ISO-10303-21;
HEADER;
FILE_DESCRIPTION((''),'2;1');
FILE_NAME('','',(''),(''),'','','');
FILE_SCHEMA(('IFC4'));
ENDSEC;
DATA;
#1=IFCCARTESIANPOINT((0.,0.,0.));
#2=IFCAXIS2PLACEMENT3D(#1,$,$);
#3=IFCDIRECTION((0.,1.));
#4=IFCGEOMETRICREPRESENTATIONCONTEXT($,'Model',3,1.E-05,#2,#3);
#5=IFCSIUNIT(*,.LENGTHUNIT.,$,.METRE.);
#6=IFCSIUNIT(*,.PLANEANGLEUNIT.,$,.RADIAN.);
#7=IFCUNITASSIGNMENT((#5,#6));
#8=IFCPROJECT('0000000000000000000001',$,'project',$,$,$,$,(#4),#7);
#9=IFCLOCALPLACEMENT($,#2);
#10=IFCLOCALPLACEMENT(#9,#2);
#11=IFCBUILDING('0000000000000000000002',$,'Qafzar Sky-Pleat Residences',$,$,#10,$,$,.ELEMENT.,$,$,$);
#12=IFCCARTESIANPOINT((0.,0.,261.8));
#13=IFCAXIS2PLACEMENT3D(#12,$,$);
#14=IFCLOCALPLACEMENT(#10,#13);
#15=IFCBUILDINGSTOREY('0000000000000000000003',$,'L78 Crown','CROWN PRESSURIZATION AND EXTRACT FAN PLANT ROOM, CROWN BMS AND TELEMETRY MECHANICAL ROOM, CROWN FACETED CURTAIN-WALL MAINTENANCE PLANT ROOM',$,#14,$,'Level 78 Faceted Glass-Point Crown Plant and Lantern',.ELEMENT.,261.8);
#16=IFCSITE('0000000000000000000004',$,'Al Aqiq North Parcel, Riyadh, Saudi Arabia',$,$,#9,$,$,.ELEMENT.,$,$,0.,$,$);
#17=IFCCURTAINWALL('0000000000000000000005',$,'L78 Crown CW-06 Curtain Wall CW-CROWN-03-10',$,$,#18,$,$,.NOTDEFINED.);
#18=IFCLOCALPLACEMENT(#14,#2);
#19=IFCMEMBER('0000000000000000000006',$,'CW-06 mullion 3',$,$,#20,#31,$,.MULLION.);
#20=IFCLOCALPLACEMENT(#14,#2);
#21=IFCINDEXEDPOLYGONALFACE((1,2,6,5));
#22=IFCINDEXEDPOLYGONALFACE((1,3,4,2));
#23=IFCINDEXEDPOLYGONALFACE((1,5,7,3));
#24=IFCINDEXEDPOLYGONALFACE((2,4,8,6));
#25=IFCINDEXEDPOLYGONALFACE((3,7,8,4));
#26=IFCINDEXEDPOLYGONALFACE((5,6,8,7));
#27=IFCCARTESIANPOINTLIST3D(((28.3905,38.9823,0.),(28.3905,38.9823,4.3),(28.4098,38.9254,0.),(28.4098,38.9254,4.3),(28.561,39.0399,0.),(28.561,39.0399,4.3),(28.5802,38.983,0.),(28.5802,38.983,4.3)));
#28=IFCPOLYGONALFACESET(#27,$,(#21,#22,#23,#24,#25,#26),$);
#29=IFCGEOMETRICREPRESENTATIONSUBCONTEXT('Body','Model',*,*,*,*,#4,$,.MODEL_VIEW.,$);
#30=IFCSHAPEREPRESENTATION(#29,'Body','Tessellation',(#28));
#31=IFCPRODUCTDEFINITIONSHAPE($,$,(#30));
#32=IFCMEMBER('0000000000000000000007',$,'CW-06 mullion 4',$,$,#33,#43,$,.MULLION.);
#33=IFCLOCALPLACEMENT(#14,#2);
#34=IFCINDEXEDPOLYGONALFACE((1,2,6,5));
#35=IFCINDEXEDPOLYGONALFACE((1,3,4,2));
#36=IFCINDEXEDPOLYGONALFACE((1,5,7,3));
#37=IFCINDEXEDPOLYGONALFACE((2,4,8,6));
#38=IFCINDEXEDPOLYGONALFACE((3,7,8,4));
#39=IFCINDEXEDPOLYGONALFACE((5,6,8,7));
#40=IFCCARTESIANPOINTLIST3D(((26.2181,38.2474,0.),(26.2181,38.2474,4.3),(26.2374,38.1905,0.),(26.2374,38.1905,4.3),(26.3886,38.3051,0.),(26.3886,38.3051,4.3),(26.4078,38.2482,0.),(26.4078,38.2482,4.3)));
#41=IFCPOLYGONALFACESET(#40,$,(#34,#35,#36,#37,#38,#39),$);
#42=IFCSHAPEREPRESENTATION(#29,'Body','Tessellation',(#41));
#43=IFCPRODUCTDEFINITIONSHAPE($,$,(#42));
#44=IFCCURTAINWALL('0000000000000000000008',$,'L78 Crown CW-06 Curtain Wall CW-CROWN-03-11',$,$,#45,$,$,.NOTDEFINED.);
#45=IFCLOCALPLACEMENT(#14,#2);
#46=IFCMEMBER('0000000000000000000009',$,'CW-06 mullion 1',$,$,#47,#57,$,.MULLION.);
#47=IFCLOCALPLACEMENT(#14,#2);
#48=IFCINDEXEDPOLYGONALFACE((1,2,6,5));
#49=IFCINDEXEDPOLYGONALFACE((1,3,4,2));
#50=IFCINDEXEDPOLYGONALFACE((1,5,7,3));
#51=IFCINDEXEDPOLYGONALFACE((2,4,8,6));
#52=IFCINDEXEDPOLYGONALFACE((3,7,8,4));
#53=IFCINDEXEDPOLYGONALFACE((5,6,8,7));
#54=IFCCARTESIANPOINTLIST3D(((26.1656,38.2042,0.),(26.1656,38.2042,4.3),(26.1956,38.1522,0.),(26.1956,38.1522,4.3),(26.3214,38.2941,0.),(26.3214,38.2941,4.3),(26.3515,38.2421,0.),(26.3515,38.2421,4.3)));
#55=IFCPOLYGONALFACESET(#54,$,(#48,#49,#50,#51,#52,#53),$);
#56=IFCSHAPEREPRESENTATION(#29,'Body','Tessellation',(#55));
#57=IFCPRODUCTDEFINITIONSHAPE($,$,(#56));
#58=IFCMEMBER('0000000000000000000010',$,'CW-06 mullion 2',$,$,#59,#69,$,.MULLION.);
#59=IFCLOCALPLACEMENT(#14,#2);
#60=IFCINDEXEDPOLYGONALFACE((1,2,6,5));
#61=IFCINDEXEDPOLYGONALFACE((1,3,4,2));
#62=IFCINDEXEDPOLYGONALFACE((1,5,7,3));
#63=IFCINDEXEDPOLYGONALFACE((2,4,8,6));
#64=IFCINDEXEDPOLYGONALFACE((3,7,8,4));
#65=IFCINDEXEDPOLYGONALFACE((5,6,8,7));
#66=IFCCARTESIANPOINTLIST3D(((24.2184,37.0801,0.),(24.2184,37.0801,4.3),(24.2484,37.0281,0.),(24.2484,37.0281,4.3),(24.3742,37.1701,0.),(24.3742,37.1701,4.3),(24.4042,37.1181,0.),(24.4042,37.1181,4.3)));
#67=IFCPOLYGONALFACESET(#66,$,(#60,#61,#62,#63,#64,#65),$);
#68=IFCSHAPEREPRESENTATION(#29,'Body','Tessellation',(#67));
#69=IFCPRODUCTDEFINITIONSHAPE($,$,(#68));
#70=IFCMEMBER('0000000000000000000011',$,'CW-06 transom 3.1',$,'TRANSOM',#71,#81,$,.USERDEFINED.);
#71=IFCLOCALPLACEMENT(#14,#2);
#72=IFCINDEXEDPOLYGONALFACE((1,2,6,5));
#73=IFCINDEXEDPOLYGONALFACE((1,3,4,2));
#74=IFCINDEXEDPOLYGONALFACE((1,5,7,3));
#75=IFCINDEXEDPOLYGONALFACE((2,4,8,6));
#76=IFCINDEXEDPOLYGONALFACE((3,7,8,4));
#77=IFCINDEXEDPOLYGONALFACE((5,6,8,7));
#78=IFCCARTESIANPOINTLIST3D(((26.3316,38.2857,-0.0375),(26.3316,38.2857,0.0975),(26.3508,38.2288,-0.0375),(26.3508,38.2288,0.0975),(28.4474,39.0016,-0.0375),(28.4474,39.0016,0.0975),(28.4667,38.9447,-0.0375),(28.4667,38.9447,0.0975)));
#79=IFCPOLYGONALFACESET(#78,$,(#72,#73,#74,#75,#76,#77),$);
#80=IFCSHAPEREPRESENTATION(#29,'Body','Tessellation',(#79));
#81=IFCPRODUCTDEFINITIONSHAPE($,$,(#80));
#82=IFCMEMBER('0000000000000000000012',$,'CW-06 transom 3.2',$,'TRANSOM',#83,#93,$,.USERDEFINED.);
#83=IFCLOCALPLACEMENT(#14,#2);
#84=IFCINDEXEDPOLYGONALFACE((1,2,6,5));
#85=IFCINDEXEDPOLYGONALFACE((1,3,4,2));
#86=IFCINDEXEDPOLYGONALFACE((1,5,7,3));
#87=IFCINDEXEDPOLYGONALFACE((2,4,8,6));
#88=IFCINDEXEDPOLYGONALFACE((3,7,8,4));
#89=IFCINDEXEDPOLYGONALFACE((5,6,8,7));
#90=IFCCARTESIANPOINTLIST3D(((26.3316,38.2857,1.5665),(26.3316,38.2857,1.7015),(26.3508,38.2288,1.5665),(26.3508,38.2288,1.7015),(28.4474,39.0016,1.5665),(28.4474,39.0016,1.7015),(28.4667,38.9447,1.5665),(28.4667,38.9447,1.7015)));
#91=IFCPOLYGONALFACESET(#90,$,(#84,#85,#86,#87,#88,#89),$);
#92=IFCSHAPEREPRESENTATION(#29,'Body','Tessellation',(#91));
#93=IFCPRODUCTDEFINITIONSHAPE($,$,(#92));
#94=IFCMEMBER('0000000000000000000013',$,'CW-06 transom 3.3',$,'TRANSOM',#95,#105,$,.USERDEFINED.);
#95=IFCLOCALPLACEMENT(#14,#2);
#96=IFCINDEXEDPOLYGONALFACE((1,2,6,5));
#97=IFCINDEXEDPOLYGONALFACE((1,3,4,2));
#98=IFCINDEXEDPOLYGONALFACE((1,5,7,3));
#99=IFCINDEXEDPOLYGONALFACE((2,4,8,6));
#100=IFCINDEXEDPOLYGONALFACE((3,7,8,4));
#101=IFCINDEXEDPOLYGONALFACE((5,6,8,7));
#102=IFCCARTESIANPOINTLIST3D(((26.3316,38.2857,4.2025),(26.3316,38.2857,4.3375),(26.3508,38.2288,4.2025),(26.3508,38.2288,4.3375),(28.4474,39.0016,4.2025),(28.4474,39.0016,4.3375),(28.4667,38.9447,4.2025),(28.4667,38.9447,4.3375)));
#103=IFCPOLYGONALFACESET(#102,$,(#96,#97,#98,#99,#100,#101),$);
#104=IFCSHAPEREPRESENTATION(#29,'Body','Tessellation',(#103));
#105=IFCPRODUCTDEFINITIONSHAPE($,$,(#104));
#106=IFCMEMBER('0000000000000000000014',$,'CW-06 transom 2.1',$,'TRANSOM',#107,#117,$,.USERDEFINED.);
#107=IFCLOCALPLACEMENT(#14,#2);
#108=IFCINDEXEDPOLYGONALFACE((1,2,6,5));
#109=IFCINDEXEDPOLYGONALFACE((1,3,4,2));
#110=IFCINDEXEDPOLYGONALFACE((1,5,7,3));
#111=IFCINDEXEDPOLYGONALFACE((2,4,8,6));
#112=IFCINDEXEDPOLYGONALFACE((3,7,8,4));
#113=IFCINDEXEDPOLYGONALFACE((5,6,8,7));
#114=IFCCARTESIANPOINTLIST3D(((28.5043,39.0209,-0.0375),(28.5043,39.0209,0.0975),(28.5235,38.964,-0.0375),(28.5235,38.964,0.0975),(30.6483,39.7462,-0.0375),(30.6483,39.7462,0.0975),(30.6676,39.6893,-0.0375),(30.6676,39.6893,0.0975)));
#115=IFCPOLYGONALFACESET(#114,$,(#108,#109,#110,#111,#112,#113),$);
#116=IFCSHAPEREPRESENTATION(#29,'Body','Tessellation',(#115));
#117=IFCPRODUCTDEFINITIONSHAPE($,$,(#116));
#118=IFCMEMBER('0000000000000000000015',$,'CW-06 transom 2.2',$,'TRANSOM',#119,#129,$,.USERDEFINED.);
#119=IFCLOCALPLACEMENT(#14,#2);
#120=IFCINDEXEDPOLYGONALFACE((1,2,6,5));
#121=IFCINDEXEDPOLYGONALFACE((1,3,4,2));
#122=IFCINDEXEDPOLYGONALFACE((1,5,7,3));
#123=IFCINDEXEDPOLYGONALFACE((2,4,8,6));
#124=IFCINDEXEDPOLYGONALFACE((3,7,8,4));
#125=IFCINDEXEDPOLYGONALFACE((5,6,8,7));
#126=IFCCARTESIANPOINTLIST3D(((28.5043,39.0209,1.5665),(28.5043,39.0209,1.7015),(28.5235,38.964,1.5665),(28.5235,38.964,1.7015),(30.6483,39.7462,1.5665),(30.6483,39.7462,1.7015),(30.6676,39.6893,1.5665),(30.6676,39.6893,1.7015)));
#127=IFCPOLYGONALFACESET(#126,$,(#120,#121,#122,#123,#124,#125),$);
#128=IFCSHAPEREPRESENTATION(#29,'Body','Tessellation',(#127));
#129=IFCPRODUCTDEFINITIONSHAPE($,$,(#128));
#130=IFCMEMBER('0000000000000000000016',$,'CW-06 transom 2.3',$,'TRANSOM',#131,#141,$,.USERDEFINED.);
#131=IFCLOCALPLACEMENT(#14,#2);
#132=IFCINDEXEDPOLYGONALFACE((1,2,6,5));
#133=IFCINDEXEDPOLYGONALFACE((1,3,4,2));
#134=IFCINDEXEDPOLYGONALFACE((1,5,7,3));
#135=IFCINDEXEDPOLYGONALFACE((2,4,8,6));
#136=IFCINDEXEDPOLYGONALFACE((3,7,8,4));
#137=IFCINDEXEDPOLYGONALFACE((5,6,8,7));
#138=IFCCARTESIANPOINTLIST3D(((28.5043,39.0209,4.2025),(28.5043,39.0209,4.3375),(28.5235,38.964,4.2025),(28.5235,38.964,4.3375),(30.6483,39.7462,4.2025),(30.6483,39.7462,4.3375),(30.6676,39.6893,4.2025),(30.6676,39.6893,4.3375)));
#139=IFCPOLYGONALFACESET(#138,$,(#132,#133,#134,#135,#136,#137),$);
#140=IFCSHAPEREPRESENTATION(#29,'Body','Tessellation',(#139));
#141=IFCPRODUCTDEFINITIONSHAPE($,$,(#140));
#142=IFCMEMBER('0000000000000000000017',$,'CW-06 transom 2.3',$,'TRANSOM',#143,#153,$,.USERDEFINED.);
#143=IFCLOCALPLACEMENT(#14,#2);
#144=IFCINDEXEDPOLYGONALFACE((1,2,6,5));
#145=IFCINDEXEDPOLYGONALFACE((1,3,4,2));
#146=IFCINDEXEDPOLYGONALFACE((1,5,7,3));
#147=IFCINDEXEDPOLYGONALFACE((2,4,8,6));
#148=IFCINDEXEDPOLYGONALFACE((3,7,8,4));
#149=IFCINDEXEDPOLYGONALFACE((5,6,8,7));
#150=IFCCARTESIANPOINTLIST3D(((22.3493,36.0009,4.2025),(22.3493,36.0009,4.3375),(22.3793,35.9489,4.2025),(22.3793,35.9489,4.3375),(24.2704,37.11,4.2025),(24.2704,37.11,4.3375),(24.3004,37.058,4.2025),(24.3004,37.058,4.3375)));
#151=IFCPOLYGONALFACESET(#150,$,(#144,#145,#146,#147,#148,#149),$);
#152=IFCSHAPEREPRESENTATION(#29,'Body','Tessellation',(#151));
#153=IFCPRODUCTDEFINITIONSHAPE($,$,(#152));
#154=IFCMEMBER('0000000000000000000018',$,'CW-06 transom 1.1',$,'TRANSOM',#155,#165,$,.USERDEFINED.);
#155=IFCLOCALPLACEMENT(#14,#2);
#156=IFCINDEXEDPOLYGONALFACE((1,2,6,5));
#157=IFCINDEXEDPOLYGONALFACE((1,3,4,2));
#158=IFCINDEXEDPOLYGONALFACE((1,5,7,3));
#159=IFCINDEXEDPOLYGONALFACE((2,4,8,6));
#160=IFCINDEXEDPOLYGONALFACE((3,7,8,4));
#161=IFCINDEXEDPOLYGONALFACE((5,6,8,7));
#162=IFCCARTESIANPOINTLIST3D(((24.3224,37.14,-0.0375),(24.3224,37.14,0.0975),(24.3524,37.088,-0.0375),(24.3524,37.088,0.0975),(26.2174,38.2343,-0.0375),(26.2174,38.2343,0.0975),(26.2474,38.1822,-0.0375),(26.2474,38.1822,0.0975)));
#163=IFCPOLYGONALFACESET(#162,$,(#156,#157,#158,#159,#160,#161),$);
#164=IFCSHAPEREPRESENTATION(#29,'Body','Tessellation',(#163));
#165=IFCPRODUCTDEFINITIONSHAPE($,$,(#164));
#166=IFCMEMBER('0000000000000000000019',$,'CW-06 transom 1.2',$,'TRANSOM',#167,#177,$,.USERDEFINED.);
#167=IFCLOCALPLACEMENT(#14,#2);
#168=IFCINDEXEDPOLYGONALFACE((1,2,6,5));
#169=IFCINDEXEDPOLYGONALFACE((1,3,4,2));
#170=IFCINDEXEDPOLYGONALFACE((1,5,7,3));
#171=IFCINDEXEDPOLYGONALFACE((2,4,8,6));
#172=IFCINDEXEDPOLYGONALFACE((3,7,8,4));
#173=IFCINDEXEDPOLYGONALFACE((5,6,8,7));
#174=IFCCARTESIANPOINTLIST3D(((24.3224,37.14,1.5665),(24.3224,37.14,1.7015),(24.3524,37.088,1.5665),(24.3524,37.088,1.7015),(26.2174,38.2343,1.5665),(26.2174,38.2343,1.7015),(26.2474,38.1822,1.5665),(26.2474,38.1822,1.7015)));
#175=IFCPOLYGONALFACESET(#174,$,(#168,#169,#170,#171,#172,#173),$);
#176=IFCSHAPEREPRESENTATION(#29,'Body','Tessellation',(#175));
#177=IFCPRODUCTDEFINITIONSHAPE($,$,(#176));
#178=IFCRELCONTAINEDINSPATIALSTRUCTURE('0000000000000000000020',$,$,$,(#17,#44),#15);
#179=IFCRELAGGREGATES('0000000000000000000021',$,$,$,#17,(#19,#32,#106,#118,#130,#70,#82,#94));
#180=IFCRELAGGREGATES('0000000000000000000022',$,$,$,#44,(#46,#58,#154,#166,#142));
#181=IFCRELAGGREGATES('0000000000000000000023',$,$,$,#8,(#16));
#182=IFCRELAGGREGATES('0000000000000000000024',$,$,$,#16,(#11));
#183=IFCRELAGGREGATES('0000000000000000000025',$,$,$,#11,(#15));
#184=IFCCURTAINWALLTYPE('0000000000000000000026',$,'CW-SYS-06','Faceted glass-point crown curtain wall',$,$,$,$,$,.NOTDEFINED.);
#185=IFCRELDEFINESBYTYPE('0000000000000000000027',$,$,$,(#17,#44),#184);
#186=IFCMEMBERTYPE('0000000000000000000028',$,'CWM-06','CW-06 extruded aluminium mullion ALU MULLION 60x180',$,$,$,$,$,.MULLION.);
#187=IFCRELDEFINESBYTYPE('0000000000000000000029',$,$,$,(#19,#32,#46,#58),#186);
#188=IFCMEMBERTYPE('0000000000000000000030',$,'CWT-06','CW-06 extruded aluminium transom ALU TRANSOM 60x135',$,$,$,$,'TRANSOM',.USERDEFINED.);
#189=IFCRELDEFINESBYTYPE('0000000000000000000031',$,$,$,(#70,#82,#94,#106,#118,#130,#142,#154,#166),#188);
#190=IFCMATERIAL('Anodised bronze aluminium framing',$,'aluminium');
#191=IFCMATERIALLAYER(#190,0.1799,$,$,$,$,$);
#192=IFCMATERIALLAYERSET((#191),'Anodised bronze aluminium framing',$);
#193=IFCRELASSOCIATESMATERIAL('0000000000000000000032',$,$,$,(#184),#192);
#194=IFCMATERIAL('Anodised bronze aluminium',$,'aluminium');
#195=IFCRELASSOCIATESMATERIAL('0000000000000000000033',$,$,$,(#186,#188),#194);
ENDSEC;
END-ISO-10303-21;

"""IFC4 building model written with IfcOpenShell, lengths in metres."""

from ifc_helpers import new_model, si_unit, direction, frame, origin, origin_2d, place, context, subcontext, project, spatial, rectangle, extrude, source, transform, mapped, material, layer, layer_set, material_profile, profile_set, type_object, element, aggregate, save


model = new_model("IFC4")

# Units and contexts
model_context = context("Model", 3, precision=1e-05, world=origin(), true_north=direction((0.0, 1.0)))
body_context = subcontext(model_context, "Body", "Model", "MODEL_VIEW")
ifc_project = project(units=[si_unit("LENGTHUNIT", "METRE"), si_unit("PLANEANGLEUNIT", "RADIAN")], contexts=[model_context])

# Site, building, storey
site_placement = place(None, origin())
site = spatial("IfcSite", under=ifc_project, at=site_placement, Name="Al Aqiq North Parcel, Riyadh, Saudi Arabia", CompositionType="ELEMENT", RefElevation=0.0)
building_placement = place(site_placement, origin())
building = spatial("IfcBuilding", under=site, at=building_placement, Name="Qafzar Sky-Pleat Residences", CompositionType="ELEMENT")
storey_placement = place(building_placement, frame((0.0, 0.0, 261.8)))
storey = spatial("IfcBuildingStorey", under=building, at=storey_placement, Name="L78 Crown", Description="CROWN PRESSURIZATION AND EXTRACT FAN PLANT ROOM, CROWN BMS AND TELEMETRY MECHANICAL ROOM, CROWN FACETED CURTAIN-WALL MAINTENANCE PLANT ROOM", LongName="Level 78 Faceted Glass-Point Crown Plant and Lantern", CompositionType="ELEMENT", Elevation=261.8)

# Curtain walls, members
ifc_material_1 = material(Name="Anodised bronze aluminium framing", Category="aluminium")
ifc_layer_1 = layer(ifc_material_1, 0.1799)
ifc_layer_set_1 = layer_set([ifc_layer_1], Name="Anodised bronze aluminium framing")
curtain_wall_type = type_object("IfcCurtainWallType", Name="CW-SYS-06", Description="Faceted glass-point crown curtain wall", PredefinedType="NOTDEFINED", material=ifc_layer_set_1)
curtain_wall_1_placement = place(storey_placement, origin())
curtain_wall_1 = element("IfcCurtainWall", 1, at=curtain_wall_1_placement, inside=storey, type_object=curtain_wall_type, Name="L78 Crown CW-06 Curtain Wall CW-CROWN-03-10", PredefinedType="NOTDEFINED")
ifc_material_2 = material(Name="Anodised bronze aluminium", Category="aluminium")
ifc_material_profile_1 = material_profile(ifc_material_2, rectangle(XDim=0.0601, YDim=0.1799, at=origin_2d()), Name="ALU MULLION 60x180")
ifc_profile_set_1 = profile_set([ifc_material_profile_1], Name="Anodised bronze aluminium")
member_type_1 = type_object("IfcMemberType", Name="CWM-06", Description="CW-06 extruded aluminium mullion ALU MULLION 60x180", PredefinedType="MULLION", material=ifc_profile_set_1)
shared_shape_1 = source(origin(), body_context, "Body", "SweptSolid", [
    extrude(rectangle(XDim=0.0601, YDim=0.1799, at=origin_2d()), origin(), (0.0, 0.0, 1.0), 4.3),
])
member_1_placement = place(storey_placement, frame((28.4854, 38.9827, 0.0), z_axis=(0.0, 0.0, 1.0), x_axis=(0.320451, -0.947265, 0.0)))
member_1 = element("IfcMember", 2, at=member_1_placement, type_object=member_type_1, Name="CW-06 mullion 3", PredefinedType="MULLION", context=body_context, shape_type="MappedRepresentation", body=[
    mapped(shared_shape_1, transform((0.0, 0.0, 0.0), x_axis=(1.0, 0.0, 0.0), y_axis=(0.0, 1.0, 0.0), z_axis=(0.0, 0.0, 1.0), scale=1.0)),
])
member_2_placement = place(storey_placement, frame((26.313, 38.2478, 0.0), z_axis=(0.0, 0.0, 1.0), x_axis=(0.320451, -0.947265, 0.0)))
member_2 = element("IfcMember", 3, at=member_2_placement, type_object=member_type_1, Name="CW-06 mullion 4", PredefinedType="MULLION", context=body_context, shape_type="MappedRepresentation", body=[
    mapped(shared_shape_1, transform((0.0, 0.0, 0.0), x_axis=(1.0, 0.0, 0.0), y_axis=(0.0, 1.0, 0.0), z_axis=(0.0, 0.0, 1.0), scale=1.0)),
])
curtain_wall_2_placement = place(storey_placement, origin())
curtain_wall_2 = element("IfcCurtainWall", 4, at=curtain_wall_2_placement, inside=storey, type_object=curtain_wall_type, Name="L78 Crown CW-06 Curtain Wall CW-CROWN-03-11", PredefinedType="NOTDEFINED")
member_3_placement = place(storey_placement, frame((26.2585, 38.2231, 0.0), z_axis=(0.0, 0.0, 1.0), x_axis=(0.499993, -0.86603, 0.0)))
member_3 = element("IfcMember", 5, at=member_3_placement, type_object=member_type_1, Name="CW-06 mullion 1", PredefinedType="MULLION", context=body_context, shape_type="MappedRepresentation", body=[
    mapped(shared_shape_1, transform((0.0, 0.0, 0.0), x_axis=(1.0, 0.0, 0.0), y_axis=(0.0, 1.0, 0.0), z_axis=(0.0, 0.0, 1.0), scale=1.0)),
])
member_4_placement = place(storey_placement, frame((24.3113, 37.0991, 0.0), z_axis=(0.0, 0.0, 1.0), x_axis=(0.499993, -0.86603, 0.0)))
member_4 = element("IfcMember", 6, at=member_4_placement, type_object=member_type_1, Name="CW-06 mullion 2", PredefinedType="MULLION", context=body_context, shape_type="MappedRepresentation", body=[
    mapped(shared_shape_1, transform((0.0, 0.0, 0.0), x_axis=(1.0, 0.0, 0.0), y_axis=(0.0, 1.0, 0.0), z_axis=(0.0, 0.0, 1.0), scale=1.0)),
])

# Members
ifc_material_profile_2 = material_profile(ifc_material_2, rectangle(XDim=0.0601, YDim=0.135, at=origin_2d()), Name="ALU TRANSOM 60x135")
ifc_profile_set_2 = profile_set([ifc_material_profile_2], Name="Anodised bronze aluminium")
member_type_2 = type_object("IfcMemberType", Name="CWT-06", Description="CW-06 extruded aluminium transom ALU TRANSOM 60x135", ElementType="TRANSOM", PredefinedType="USERDEFINED", material=ifc_profile_set_2)
shared_shape_2 = source(origin(), body_context, "Body", "SweptSolid", [
    extrude(rectangle(XDim=0.0601, YDim=0.135, at=origin_2d()), origin(), (0.0, 0.0, 1.0), 2.2336),
])
member_5_placement = place(storey_placement, frame((28.457, 38.9731, 0.03), z_axis=(-0.947253, -0.320488, 0.0), x_axis=(0.320488, -0.947253, 0.0)))
member_5 = element("IfcMember", 7, at=member_5_placement, type_object=member_type_2, Name="CW-06 transom 3.1", ObjectType="TRANSOM", PredefinedType="USERDEFINED", context=body_context, shape_type="MappedRepresentation", body=[
    mapped(shared_shape_2, transform((0.0, 0.0, 0.0), x_axis=(1.0, 0.0, 0.0), y_axis=(0.0, 1.0, 0.0), z_axis=(0.0, 0.0, 1.0), scale=1.0)),
])
member_6_placement = place(storey_placement, frame((28.457, 38.9731, 1.634), z_axis=(-0.947253, -0.320488, 0.0), x_axis=(0.320488, -0.947253, 0.0)))
member_6 = element("IfcMember", 8, at=member_6_placement, type_object=member_type_2, Name="CW-06 transom 3.2", ObjectType="TRANSOM", PredefinedType="USERDEFINED", context=body_context, shape_type="MappedRepresentation", body=[
    mapped(shared_shape_2, transform((0.0, 0.0, 0.0), x_axis=(1.0, 0.0, 0.0), y_axis=(0.0, 1.0, 0.0), z_axis=(0.0, 0.0, 1.0), scale=1.0)),
])
member_7_placement = place(storey_placement, frame((28.457, 38.9731, 4.27), z_axis=(-0.947253, -0.320488, 0.0), x_axis=(0.320488, -0.947253, 0.0)))
member_7 = element("IfcMember", 9, at=member_7_placement, type_object=member_type_2, Name="CW-06 transom 3.3", ObjectType="TRANSOM", PredefinedType="USERDEFINED", context=body_context, shape_type="MappedRepresentation", body=[
    mapped(shared_shape_2, transform((0.0, 0.0, 0.0), x_axis=(1.0, 0.0, 0.0), y_axis=(0.0, 1.0, 0.0), z_axis=(0.0, 0.0, 1.0), scale=1.0)),
])
shared_shape_3 = source(origin(), body_context, "Body", "SweptSolid", [
    extrude(rectangle(XDim=0.0601, YDim=0.135, at=origin_2d()), origin(), (0.0, 0.0, 1.0), 2.2634),
])
member_8_placement = place(storey_placement, frame((30.658, 39.7178, 0.03), z_axis=(-0.947261, -0.320464, 0.0), x_axis=(0.320464, -0.947261, 0.0)))
member_8 = element("IfcMember", 10, at=member_8_placement, type_object=member_type_2, Name="CW-06 transom 2.1", ObjectType="TRANSOM", PredefinedType="USERDEFINED", context=body_context, shape_type="MappedRepresentation", body=[
    mapped(shared_shape_3, transform((0.0, 0.0, 0.0), x_axis=(1.0, 0.0, 0.0), y_axis=(0.0, 1.0, 0.0), z_axis=(0.0, 0.0, 1.0), scale=1.0)),
])
member_9_placement = place(storey_placement, frame((30.658, 39.7178, 1.634), z_axis=(-0.947261, -0.320464, 0.0), x_axis=(0.320464, -0.947261, 0.0)))
member_9 = element("IfcMember", 11, at=member_9_placement, type_object=member_type_2, Name="CW-06 transom 2.2", ObjectType="TRANSOM", PredefinedType="USERDEFINED", context=body_context, shape_type="MappedRepresentation", body=[
    mapped(shared_shape_3, transform((0.0, 0.0, 0.0), x_axis=(1.0, 0.0, 0.0), y_axis=(0.0, 1.0, 0.0), z_axis=(0.0, 0.0, 1.0), scale=1.0)),
])
member_10_placement = place(storey_placement, frame((30.658, 39.7178, 4.27), z_axis=(-0.947261, -0.320464, 0.0), x_axis=(0.320464, -0.947261, 0.0)))
member_10 = element("IfcMember", 12, at=member_10_placement, type_object=member_type_2, Name="CW-06 transom 2.3", ObjectType="TRANSOM", PredefinedType="USERDEFINED", context=body_context, shape_type="MappedRepresentation", body=[
    mapped(shared_shape_3, transform((0.0, 0.0, 0.0), x_axis=(1.0, 0.0, 0.0), y_axis=(0.0, 1.0, 0.0), z_axis=(0.0, 0.0, 1.0), scale=1.0)),
])
shared_shape_4 = source(origin(), body_context, "Body", "SweptSolid", [
    extrude(rectangle(XDim=0.0601, YDim=0.135, at=origin_2d()), origin(), (0.0, 0.0, 1.0), 2.2183),
])
member_11_placement = place(storey_placement, frame((24.2854, 37.084, 4.27), z_axis=(-0.866033, -0.499986, 0.0), x_axis=(0.499986, -0.866033, 0.0)))
member_11 = element("IfcMember", 13, at=member_11_placement, type_object=member_type_2, Name="CW-06 transom 2.3", ObjectType="TRANSOM", PredefinedType="USERDEFINED", context=body_context, shape_type="MappedRepresentation", body=[
    mapped(shared_shape_4, transform((0.0, 0.0, 0.0), x_axis=(1.0, 0.0, 0.0), y_axis=(0.0, 1.0, 0.0), z_axis=(0.0, 0.0, 1.0), scale=1.0)),
])
shared_shape_5 = source(origin(), body_context, "Body", "SweptSolid", [
    extrude(rectangle(XDim=0.0601, YDim=0.135, at=origin_2d()), origin(), (0.0, 0.0, 1.0), 2.1882),
])
member_12_placement = place(storey_placement, frame((26.2324, 38.2083, 0.03), z_axis=(-0.865996, -0.500051, 0.0), x_axis=(0.500051, -0.865996, 0.0)))
member_12 = element("IfcMember", 14, at=member_12_placement, type_object=member_type_2, Name="CW-06 transom 1.1", ObjectType="TRANSOM", PredefinedType="USERDEFINED", context=body_context, shape_type="MappedRepresentation", body=[
    mapped(shared_shape_5, transform((0.0, 0.0, 0.0), x_axis=(1.0, 0.0, 0.0), y_axis=(0.0, 1.0, 0.0), z_axis=(0.0, 0.0, 1.0), scale=1.0)),
])
member_13_placement = place(storey_placement, frame((26.2324, 38.2083, 1.634), z_axis=(-0.865996, -0.500051, 0.0), x_axis=(0.500051, -0.865996, 0.0)))
member_13 = element("IfcMember", 15, at=member_13_placement, type_object=member_type_2, Name="CW-06 transom 1.2", ObjectType="TRANSOM", PredefinedType="USERDEFINED", context=body_context, shape_type="MappedRepresentation", body=[
    mapped(shared_shape_5, transform((0.0, 0.0, 0.0), x_axis=(1.0, 0.0, 0.0), y_axis=(0.0, 1.0, 0.0), z_axis=(0.0, 0.0, 1.0), scale=1.0)),
])

aggregate(curtain_wall_1, [member_1, member_2, member_8, member_9, member_10, member_5, member_6, member_7])
aggregate(curtain_wall_2, [member_3, member_4, member_12, member_13, member_11])

save(model, "model.ifc")
